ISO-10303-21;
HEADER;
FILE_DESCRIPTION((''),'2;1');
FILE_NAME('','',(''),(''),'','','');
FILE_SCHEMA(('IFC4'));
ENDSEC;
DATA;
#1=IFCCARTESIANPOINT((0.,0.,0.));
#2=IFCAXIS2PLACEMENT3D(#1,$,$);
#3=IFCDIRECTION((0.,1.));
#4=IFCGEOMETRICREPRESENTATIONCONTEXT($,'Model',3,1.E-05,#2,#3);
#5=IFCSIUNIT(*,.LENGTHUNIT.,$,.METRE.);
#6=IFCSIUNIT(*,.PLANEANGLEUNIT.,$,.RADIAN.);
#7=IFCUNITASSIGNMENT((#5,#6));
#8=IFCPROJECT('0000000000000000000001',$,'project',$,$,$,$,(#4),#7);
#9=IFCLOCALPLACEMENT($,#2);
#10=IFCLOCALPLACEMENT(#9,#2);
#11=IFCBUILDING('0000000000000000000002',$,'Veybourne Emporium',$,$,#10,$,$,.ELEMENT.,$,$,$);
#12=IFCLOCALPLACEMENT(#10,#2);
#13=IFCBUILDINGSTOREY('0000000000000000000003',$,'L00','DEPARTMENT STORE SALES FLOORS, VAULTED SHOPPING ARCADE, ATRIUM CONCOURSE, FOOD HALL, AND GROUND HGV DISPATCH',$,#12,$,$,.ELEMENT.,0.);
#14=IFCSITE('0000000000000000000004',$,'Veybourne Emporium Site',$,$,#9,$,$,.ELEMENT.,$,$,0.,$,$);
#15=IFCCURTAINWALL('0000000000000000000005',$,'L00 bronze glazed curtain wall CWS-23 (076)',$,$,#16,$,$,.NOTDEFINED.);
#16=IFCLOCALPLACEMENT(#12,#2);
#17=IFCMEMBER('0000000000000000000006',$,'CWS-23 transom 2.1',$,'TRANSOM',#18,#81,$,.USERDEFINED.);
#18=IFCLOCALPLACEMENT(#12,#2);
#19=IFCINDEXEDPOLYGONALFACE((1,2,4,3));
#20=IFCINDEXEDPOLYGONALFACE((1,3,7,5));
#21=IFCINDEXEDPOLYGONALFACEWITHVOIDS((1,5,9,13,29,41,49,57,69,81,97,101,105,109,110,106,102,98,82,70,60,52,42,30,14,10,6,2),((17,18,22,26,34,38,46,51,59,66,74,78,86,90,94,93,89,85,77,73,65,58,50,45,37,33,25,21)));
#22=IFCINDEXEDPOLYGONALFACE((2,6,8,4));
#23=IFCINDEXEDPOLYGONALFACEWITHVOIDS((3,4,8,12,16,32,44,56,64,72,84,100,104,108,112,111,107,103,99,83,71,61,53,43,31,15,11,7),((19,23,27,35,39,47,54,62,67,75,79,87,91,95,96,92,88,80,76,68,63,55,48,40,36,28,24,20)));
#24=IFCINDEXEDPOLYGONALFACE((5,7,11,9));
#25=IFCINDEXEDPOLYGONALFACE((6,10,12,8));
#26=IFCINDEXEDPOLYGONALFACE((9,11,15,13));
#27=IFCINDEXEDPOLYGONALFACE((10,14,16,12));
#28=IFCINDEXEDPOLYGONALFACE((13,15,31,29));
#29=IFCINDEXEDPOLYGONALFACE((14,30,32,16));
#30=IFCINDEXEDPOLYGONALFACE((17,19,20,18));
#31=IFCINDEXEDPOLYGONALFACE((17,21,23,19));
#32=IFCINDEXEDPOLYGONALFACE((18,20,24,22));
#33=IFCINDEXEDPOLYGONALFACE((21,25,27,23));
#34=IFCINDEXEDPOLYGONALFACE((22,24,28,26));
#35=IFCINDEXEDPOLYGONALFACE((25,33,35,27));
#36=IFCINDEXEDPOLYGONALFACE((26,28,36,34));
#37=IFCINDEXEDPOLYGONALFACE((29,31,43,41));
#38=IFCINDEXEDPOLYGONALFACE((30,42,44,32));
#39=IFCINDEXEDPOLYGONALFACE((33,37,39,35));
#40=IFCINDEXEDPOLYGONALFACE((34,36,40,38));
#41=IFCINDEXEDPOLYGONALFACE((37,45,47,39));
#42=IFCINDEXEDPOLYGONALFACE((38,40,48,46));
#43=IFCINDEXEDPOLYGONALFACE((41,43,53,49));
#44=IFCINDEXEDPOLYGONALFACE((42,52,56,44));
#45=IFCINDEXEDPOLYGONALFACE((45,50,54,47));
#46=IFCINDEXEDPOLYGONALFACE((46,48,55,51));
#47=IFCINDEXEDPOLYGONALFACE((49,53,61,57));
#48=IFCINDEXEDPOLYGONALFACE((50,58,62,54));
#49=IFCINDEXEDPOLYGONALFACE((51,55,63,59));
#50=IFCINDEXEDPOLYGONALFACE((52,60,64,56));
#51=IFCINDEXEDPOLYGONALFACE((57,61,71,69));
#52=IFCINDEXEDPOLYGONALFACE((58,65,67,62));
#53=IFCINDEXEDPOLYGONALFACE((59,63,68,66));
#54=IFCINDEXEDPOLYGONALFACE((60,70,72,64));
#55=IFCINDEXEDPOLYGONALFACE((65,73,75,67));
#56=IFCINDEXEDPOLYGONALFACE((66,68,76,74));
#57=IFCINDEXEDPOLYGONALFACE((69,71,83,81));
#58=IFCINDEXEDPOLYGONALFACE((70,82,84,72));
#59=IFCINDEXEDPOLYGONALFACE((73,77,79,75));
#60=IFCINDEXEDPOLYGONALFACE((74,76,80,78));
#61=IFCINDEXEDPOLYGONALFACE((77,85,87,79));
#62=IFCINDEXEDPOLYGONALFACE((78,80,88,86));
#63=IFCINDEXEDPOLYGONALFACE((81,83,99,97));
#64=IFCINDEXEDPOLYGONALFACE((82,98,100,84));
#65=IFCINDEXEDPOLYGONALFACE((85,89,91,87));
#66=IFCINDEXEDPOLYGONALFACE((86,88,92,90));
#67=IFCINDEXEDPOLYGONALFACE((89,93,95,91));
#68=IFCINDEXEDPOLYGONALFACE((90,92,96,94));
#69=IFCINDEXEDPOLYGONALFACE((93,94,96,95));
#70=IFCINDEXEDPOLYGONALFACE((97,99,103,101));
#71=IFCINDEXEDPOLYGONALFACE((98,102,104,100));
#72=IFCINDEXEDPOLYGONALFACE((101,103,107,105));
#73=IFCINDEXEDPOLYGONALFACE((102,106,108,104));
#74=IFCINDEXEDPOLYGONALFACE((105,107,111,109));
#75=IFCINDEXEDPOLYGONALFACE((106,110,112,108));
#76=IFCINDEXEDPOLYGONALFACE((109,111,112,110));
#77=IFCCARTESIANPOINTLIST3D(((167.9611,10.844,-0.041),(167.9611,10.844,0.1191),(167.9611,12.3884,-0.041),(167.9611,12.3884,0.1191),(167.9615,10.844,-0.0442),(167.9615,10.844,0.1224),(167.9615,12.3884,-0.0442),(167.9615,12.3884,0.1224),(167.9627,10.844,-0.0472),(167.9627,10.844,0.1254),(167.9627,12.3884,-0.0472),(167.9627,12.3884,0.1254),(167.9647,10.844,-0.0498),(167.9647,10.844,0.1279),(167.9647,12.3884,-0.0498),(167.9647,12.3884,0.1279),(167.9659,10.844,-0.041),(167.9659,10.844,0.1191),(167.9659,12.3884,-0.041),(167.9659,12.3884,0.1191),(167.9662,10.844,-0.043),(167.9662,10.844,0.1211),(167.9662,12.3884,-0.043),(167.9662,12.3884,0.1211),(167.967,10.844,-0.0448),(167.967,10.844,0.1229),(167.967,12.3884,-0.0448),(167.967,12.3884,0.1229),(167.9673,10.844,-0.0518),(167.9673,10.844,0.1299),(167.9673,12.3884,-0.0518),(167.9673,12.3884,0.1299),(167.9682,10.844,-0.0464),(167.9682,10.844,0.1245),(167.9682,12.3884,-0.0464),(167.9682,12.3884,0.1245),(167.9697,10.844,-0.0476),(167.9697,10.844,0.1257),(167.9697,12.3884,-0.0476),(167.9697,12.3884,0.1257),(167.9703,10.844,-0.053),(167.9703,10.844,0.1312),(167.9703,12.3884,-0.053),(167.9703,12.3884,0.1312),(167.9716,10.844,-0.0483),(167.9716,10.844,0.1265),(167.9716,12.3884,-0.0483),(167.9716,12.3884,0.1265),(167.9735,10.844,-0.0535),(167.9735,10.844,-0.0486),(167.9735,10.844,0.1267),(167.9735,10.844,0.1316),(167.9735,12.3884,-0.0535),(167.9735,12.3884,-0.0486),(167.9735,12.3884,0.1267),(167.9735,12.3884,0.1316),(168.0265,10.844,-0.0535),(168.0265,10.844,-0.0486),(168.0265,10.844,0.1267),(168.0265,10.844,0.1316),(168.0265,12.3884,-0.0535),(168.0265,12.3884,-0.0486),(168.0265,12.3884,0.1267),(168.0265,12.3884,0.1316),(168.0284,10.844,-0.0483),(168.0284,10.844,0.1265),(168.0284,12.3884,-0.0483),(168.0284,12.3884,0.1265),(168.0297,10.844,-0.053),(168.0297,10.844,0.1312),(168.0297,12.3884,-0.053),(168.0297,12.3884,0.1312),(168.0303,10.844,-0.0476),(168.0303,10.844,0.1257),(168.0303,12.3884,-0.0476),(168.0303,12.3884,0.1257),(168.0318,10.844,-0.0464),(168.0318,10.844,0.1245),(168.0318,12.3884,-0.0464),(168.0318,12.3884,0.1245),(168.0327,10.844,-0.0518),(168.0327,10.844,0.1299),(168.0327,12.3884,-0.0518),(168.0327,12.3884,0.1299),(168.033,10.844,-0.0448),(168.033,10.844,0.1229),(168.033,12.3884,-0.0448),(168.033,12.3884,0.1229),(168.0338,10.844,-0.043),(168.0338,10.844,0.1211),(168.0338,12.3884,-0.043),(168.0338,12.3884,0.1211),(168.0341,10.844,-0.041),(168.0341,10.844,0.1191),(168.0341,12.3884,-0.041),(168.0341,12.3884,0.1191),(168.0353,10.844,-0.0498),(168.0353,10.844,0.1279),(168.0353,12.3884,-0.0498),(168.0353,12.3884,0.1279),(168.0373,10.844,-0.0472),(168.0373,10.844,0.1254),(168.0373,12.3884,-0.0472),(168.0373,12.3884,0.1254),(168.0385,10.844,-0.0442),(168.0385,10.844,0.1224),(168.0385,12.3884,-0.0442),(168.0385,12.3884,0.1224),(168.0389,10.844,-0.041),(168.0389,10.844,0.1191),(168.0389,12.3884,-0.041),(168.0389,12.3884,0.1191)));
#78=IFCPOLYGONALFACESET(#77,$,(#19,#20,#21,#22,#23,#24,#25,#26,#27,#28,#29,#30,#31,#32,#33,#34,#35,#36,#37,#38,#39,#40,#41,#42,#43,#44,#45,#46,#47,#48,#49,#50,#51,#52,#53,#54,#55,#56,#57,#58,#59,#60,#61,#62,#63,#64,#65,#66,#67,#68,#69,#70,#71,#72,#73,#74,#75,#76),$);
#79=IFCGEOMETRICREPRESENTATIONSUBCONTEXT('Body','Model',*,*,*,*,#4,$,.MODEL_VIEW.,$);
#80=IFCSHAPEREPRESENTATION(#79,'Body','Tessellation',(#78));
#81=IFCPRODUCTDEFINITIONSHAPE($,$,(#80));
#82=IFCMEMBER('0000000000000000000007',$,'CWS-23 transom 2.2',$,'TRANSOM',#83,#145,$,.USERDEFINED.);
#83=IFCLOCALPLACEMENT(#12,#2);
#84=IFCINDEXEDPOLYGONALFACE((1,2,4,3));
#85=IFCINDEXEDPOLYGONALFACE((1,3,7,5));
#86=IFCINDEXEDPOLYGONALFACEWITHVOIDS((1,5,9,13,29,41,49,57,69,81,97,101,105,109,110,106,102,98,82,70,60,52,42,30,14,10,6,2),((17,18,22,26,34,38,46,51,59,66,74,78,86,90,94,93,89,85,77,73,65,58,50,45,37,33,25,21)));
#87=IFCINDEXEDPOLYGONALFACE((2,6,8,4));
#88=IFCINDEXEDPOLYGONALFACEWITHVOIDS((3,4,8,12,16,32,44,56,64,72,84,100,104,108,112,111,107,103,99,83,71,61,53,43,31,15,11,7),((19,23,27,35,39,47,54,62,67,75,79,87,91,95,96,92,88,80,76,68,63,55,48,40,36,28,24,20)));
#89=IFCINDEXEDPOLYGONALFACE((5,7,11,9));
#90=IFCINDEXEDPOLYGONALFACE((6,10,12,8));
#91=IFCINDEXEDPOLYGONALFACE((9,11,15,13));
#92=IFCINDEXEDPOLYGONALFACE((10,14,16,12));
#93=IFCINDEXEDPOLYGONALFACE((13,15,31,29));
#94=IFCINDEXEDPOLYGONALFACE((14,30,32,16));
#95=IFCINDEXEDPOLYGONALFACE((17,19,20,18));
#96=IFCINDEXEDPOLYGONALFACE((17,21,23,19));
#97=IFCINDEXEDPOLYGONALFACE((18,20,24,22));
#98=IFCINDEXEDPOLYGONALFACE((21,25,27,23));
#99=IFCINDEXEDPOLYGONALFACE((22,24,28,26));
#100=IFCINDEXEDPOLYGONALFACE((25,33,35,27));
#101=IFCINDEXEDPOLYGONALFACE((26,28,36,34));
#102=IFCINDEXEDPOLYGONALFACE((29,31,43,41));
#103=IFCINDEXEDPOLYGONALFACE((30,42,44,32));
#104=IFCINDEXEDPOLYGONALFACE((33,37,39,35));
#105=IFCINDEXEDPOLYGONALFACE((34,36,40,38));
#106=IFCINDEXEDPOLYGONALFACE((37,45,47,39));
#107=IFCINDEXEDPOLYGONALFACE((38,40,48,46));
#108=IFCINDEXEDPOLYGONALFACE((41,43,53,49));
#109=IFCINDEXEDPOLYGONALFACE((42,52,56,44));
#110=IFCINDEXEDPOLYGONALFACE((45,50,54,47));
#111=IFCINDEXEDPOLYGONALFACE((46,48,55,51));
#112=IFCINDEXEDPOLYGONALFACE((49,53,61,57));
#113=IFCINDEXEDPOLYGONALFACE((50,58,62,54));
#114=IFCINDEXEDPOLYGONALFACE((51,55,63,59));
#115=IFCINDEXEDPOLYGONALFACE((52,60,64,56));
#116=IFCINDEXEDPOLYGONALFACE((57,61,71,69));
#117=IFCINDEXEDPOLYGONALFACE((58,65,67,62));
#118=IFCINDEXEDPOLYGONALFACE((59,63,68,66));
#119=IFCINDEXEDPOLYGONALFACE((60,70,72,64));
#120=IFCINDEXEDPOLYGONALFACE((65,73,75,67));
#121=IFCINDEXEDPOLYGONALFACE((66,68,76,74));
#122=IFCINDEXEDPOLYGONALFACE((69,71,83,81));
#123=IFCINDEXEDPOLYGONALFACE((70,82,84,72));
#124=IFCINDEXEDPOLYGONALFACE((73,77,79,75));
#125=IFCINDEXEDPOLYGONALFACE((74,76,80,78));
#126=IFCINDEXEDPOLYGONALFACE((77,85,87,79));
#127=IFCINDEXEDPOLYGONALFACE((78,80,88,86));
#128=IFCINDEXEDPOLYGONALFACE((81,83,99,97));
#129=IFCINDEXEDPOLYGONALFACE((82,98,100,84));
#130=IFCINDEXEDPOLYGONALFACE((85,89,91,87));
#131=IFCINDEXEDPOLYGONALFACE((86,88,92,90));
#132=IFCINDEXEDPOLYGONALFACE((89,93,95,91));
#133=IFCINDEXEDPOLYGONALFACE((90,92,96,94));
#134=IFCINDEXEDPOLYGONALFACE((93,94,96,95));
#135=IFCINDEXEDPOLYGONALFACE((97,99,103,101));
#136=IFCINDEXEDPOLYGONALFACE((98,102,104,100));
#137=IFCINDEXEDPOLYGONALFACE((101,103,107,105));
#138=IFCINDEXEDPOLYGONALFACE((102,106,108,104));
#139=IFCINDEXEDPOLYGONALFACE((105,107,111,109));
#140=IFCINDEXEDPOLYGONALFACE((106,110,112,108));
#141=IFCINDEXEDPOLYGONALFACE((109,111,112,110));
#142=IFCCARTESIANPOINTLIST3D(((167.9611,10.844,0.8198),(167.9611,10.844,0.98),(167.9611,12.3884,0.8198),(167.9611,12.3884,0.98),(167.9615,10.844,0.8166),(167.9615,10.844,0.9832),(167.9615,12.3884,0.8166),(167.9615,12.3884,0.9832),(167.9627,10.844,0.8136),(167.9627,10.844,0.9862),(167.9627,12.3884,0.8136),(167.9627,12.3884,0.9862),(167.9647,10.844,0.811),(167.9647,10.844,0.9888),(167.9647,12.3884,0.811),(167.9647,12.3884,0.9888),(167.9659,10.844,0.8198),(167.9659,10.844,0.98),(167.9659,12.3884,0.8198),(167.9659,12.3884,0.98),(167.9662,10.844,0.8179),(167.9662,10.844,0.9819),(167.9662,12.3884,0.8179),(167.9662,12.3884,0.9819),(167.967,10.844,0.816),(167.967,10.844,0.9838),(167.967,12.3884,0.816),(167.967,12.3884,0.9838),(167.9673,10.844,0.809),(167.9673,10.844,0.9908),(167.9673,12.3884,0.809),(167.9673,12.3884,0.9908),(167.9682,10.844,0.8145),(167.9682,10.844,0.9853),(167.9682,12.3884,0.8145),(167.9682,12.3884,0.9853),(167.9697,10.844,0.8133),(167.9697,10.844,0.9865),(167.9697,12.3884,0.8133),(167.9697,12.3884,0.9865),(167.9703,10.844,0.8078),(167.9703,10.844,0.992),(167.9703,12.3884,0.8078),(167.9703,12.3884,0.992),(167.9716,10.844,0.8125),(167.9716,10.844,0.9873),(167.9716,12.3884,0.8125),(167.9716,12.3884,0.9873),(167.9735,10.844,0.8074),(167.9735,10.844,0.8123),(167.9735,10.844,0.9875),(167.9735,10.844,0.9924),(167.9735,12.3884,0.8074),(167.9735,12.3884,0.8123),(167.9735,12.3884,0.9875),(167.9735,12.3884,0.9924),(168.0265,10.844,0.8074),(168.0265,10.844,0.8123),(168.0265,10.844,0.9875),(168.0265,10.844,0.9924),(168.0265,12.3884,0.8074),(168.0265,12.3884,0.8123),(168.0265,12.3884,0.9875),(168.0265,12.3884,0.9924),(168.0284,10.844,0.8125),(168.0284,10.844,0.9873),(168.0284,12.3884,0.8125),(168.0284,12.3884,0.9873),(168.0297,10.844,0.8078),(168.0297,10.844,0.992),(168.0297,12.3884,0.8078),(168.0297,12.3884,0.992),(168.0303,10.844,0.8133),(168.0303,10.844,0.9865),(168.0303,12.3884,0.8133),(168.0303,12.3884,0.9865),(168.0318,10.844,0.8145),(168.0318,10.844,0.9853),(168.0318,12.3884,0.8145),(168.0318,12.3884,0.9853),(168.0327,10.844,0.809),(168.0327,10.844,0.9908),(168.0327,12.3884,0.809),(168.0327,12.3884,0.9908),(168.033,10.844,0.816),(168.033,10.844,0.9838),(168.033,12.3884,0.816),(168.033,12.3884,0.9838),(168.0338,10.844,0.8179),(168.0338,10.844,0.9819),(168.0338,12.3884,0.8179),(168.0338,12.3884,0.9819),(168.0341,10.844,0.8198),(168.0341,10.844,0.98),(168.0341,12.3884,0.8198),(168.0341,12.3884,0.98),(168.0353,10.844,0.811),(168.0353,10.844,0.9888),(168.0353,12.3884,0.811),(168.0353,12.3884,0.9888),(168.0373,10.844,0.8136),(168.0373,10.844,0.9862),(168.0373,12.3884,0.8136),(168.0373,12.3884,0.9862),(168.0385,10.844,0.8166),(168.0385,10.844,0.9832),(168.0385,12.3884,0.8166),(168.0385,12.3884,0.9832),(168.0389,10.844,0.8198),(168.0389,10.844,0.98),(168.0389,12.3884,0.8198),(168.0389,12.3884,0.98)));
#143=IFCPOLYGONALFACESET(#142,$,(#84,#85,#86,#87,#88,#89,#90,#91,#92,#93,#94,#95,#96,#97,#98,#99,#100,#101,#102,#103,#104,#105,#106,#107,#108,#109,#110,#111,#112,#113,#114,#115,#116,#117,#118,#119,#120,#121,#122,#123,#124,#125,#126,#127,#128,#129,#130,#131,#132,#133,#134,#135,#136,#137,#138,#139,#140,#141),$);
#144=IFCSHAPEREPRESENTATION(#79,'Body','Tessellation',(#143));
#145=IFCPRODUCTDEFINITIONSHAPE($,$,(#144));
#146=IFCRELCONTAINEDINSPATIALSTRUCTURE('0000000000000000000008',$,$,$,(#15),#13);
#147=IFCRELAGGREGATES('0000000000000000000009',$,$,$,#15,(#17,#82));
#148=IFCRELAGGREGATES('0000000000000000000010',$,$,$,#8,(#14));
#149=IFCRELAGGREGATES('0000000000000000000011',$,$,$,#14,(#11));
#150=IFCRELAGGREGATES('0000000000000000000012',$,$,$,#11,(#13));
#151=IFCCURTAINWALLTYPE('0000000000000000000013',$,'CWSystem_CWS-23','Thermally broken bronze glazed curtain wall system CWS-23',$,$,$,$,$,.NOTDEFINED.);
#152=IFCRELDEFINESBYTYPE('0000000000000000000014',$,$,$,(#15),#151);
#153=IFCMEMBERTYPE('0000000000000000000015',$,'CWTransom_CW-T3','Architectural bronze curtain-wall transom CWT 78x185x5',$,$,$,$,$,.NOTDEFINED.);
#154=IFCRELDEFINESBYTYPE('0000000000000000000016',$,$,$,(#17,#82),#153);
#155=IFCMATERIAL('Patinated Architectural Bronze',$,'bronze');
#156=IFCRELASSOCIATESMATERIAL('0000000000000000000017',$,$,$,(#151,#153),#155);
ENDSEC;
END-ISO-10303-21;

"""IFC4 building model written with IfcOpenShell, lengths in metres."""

from ifc_helpers import new_model, si_unit, direction, frame, origin, origin_2d, place, context, subcontext, project, spatial, hollow_rectangle, extrude, material, material_profile, profile_set, type_object, element, aggregate, save


model = new_model("IFC4")

# Units and contexts
model_context = context("Model", 3, precision=1e-05, world=origin(), true_north=direction((0.0, 1.0)))
body_context = subcontext(model_context, "Body", "Model", "MODEL_VIEW")
ifc_project = project(units=[si_unit("LENGTHUNIT", "METRE"), si_unit("PLANEANGLEUNIT", "RADIAN")], contexts=[model_context])

# Site, building, storey
site_placement = place(None, origin())
site = spatial("IfcSite", under=ifc_project, at=site_placement, Name="Veybourne Emporium Site", CompositionType="ELEMENT", RefElevation=0.0)
building_placement = place(site_placement, origin())
building = spatial("IfcBuilding", under=site, at=building_placement, Name="Veybourne Emporium", CompositionType="ELEMENT")
storey_placement = place(building_placement, origin())
storey = spatial("IfcBuildingStorey", under=building, at=storey_placement, Name="L00", Description="DEPARTMENT STORE SALES FLOORS, VAULTED SHOPPING ARCADE, ATRIUM CONCOURSE, FOOD HALL, AND GROUND HGV DISPATCH", CompositionType="ELEMENT", Elevation=0.0)

# Curtain wall
ifc_material_1 = material(Name="Patinated Architectural Bronze", Category="bronze")
curtain_wall_type_1 = type_object("IfcCurtainWallType", Name="CWSystem_CWS-23", Description="Thermally broken bronze glazed curtain wall system CWS-23", PredefinedType="NOTDEFINED", material=ifc_material_1)
curtain_wall_1_placement = place(storey_placement, origin())
curtain_wall_1 = element("IfcCurtainWall", 1, at=curtain_wall_1_placement, inside=storey, type_object=curtain_wall_type_1, Name="L00 bronze glazed curtain wall CWS-23 (076)", PredefinedType="NOTDEFINED")

# Members
ifc_material_profile_1 = material_profile(ifc_material_1, hollow_rectangle(XDim=0.0779, YDim=0.1851, WallThickness=0.0049, InnerFilletRadius=0.0076, OuterFilletRadius=0.0125, at=origin_2d()), Name="CWT 78x185x5")
ifc_profile_set_1 = profile_set([ifc_material_profile_1], Name="Patinated Architectural Bronze")
member_type_1 = type_object("IfcMemberType", Name="CWTransom_CW-T3", Description="Architectural bronze curtain-wall transom CWT 78x185x5", PredefinedType="NOTDEFINED", material=ifc_profile_set_1)
member_1_placement = place(storey_placement, frame((168.0, 12.3884, 0.0391), z_axis=(0.0, -1.0, 0.0), x_axis=(1.0, 0.0, 0.0)))
member_1 = element("IfcMember", 2, at=member_1_placement, type_object=member_type_1, Name="CWS-23 transom 2.1", ObjectType="TRANSOM", PredefinedType="USERDEFINED", context=body_context, shape_type="SweptSolid", body=[
    extrude(hollow_rectangle(XDim=0.0779, YDim=0.1851, WallThickness=0.0049, InnerFilletRadius=0.0076, OuterFilletRadius=0.0125, at=origin_2d()), origin(), (0.0, 0.0, 1.0), 1.5444),
])
member_2_placement = place(storey_placement, frame((168.0, 12.3884, 0.8999), z_axis=(0.0, -1.0, 0.0), x_axis=(1.0, 0.0, 0.0)))
member_2 = element("IfcMember", 3, at=member_2_placement, type_object=member_type_1, Name="CWS-23 transom 2.2", ObjectType="TRANSOM", PredefinedType="USERDEFINED", context=body_context, shape_type="SweptSolid", body=[
    extrude(hollow_rectangle(XDim=0.0779, YDim=0.1851, WallThickness=0.0049, InnerFilletRadius=0.0076, OuterFilletRadius=0.0125, at=origin_2d()), origin(), (0.0, 0.0, 1.0), 1.5444),
])

aggregate(curtain_wall_1, [member_1, member_2])

save(model, "model.ifc")
